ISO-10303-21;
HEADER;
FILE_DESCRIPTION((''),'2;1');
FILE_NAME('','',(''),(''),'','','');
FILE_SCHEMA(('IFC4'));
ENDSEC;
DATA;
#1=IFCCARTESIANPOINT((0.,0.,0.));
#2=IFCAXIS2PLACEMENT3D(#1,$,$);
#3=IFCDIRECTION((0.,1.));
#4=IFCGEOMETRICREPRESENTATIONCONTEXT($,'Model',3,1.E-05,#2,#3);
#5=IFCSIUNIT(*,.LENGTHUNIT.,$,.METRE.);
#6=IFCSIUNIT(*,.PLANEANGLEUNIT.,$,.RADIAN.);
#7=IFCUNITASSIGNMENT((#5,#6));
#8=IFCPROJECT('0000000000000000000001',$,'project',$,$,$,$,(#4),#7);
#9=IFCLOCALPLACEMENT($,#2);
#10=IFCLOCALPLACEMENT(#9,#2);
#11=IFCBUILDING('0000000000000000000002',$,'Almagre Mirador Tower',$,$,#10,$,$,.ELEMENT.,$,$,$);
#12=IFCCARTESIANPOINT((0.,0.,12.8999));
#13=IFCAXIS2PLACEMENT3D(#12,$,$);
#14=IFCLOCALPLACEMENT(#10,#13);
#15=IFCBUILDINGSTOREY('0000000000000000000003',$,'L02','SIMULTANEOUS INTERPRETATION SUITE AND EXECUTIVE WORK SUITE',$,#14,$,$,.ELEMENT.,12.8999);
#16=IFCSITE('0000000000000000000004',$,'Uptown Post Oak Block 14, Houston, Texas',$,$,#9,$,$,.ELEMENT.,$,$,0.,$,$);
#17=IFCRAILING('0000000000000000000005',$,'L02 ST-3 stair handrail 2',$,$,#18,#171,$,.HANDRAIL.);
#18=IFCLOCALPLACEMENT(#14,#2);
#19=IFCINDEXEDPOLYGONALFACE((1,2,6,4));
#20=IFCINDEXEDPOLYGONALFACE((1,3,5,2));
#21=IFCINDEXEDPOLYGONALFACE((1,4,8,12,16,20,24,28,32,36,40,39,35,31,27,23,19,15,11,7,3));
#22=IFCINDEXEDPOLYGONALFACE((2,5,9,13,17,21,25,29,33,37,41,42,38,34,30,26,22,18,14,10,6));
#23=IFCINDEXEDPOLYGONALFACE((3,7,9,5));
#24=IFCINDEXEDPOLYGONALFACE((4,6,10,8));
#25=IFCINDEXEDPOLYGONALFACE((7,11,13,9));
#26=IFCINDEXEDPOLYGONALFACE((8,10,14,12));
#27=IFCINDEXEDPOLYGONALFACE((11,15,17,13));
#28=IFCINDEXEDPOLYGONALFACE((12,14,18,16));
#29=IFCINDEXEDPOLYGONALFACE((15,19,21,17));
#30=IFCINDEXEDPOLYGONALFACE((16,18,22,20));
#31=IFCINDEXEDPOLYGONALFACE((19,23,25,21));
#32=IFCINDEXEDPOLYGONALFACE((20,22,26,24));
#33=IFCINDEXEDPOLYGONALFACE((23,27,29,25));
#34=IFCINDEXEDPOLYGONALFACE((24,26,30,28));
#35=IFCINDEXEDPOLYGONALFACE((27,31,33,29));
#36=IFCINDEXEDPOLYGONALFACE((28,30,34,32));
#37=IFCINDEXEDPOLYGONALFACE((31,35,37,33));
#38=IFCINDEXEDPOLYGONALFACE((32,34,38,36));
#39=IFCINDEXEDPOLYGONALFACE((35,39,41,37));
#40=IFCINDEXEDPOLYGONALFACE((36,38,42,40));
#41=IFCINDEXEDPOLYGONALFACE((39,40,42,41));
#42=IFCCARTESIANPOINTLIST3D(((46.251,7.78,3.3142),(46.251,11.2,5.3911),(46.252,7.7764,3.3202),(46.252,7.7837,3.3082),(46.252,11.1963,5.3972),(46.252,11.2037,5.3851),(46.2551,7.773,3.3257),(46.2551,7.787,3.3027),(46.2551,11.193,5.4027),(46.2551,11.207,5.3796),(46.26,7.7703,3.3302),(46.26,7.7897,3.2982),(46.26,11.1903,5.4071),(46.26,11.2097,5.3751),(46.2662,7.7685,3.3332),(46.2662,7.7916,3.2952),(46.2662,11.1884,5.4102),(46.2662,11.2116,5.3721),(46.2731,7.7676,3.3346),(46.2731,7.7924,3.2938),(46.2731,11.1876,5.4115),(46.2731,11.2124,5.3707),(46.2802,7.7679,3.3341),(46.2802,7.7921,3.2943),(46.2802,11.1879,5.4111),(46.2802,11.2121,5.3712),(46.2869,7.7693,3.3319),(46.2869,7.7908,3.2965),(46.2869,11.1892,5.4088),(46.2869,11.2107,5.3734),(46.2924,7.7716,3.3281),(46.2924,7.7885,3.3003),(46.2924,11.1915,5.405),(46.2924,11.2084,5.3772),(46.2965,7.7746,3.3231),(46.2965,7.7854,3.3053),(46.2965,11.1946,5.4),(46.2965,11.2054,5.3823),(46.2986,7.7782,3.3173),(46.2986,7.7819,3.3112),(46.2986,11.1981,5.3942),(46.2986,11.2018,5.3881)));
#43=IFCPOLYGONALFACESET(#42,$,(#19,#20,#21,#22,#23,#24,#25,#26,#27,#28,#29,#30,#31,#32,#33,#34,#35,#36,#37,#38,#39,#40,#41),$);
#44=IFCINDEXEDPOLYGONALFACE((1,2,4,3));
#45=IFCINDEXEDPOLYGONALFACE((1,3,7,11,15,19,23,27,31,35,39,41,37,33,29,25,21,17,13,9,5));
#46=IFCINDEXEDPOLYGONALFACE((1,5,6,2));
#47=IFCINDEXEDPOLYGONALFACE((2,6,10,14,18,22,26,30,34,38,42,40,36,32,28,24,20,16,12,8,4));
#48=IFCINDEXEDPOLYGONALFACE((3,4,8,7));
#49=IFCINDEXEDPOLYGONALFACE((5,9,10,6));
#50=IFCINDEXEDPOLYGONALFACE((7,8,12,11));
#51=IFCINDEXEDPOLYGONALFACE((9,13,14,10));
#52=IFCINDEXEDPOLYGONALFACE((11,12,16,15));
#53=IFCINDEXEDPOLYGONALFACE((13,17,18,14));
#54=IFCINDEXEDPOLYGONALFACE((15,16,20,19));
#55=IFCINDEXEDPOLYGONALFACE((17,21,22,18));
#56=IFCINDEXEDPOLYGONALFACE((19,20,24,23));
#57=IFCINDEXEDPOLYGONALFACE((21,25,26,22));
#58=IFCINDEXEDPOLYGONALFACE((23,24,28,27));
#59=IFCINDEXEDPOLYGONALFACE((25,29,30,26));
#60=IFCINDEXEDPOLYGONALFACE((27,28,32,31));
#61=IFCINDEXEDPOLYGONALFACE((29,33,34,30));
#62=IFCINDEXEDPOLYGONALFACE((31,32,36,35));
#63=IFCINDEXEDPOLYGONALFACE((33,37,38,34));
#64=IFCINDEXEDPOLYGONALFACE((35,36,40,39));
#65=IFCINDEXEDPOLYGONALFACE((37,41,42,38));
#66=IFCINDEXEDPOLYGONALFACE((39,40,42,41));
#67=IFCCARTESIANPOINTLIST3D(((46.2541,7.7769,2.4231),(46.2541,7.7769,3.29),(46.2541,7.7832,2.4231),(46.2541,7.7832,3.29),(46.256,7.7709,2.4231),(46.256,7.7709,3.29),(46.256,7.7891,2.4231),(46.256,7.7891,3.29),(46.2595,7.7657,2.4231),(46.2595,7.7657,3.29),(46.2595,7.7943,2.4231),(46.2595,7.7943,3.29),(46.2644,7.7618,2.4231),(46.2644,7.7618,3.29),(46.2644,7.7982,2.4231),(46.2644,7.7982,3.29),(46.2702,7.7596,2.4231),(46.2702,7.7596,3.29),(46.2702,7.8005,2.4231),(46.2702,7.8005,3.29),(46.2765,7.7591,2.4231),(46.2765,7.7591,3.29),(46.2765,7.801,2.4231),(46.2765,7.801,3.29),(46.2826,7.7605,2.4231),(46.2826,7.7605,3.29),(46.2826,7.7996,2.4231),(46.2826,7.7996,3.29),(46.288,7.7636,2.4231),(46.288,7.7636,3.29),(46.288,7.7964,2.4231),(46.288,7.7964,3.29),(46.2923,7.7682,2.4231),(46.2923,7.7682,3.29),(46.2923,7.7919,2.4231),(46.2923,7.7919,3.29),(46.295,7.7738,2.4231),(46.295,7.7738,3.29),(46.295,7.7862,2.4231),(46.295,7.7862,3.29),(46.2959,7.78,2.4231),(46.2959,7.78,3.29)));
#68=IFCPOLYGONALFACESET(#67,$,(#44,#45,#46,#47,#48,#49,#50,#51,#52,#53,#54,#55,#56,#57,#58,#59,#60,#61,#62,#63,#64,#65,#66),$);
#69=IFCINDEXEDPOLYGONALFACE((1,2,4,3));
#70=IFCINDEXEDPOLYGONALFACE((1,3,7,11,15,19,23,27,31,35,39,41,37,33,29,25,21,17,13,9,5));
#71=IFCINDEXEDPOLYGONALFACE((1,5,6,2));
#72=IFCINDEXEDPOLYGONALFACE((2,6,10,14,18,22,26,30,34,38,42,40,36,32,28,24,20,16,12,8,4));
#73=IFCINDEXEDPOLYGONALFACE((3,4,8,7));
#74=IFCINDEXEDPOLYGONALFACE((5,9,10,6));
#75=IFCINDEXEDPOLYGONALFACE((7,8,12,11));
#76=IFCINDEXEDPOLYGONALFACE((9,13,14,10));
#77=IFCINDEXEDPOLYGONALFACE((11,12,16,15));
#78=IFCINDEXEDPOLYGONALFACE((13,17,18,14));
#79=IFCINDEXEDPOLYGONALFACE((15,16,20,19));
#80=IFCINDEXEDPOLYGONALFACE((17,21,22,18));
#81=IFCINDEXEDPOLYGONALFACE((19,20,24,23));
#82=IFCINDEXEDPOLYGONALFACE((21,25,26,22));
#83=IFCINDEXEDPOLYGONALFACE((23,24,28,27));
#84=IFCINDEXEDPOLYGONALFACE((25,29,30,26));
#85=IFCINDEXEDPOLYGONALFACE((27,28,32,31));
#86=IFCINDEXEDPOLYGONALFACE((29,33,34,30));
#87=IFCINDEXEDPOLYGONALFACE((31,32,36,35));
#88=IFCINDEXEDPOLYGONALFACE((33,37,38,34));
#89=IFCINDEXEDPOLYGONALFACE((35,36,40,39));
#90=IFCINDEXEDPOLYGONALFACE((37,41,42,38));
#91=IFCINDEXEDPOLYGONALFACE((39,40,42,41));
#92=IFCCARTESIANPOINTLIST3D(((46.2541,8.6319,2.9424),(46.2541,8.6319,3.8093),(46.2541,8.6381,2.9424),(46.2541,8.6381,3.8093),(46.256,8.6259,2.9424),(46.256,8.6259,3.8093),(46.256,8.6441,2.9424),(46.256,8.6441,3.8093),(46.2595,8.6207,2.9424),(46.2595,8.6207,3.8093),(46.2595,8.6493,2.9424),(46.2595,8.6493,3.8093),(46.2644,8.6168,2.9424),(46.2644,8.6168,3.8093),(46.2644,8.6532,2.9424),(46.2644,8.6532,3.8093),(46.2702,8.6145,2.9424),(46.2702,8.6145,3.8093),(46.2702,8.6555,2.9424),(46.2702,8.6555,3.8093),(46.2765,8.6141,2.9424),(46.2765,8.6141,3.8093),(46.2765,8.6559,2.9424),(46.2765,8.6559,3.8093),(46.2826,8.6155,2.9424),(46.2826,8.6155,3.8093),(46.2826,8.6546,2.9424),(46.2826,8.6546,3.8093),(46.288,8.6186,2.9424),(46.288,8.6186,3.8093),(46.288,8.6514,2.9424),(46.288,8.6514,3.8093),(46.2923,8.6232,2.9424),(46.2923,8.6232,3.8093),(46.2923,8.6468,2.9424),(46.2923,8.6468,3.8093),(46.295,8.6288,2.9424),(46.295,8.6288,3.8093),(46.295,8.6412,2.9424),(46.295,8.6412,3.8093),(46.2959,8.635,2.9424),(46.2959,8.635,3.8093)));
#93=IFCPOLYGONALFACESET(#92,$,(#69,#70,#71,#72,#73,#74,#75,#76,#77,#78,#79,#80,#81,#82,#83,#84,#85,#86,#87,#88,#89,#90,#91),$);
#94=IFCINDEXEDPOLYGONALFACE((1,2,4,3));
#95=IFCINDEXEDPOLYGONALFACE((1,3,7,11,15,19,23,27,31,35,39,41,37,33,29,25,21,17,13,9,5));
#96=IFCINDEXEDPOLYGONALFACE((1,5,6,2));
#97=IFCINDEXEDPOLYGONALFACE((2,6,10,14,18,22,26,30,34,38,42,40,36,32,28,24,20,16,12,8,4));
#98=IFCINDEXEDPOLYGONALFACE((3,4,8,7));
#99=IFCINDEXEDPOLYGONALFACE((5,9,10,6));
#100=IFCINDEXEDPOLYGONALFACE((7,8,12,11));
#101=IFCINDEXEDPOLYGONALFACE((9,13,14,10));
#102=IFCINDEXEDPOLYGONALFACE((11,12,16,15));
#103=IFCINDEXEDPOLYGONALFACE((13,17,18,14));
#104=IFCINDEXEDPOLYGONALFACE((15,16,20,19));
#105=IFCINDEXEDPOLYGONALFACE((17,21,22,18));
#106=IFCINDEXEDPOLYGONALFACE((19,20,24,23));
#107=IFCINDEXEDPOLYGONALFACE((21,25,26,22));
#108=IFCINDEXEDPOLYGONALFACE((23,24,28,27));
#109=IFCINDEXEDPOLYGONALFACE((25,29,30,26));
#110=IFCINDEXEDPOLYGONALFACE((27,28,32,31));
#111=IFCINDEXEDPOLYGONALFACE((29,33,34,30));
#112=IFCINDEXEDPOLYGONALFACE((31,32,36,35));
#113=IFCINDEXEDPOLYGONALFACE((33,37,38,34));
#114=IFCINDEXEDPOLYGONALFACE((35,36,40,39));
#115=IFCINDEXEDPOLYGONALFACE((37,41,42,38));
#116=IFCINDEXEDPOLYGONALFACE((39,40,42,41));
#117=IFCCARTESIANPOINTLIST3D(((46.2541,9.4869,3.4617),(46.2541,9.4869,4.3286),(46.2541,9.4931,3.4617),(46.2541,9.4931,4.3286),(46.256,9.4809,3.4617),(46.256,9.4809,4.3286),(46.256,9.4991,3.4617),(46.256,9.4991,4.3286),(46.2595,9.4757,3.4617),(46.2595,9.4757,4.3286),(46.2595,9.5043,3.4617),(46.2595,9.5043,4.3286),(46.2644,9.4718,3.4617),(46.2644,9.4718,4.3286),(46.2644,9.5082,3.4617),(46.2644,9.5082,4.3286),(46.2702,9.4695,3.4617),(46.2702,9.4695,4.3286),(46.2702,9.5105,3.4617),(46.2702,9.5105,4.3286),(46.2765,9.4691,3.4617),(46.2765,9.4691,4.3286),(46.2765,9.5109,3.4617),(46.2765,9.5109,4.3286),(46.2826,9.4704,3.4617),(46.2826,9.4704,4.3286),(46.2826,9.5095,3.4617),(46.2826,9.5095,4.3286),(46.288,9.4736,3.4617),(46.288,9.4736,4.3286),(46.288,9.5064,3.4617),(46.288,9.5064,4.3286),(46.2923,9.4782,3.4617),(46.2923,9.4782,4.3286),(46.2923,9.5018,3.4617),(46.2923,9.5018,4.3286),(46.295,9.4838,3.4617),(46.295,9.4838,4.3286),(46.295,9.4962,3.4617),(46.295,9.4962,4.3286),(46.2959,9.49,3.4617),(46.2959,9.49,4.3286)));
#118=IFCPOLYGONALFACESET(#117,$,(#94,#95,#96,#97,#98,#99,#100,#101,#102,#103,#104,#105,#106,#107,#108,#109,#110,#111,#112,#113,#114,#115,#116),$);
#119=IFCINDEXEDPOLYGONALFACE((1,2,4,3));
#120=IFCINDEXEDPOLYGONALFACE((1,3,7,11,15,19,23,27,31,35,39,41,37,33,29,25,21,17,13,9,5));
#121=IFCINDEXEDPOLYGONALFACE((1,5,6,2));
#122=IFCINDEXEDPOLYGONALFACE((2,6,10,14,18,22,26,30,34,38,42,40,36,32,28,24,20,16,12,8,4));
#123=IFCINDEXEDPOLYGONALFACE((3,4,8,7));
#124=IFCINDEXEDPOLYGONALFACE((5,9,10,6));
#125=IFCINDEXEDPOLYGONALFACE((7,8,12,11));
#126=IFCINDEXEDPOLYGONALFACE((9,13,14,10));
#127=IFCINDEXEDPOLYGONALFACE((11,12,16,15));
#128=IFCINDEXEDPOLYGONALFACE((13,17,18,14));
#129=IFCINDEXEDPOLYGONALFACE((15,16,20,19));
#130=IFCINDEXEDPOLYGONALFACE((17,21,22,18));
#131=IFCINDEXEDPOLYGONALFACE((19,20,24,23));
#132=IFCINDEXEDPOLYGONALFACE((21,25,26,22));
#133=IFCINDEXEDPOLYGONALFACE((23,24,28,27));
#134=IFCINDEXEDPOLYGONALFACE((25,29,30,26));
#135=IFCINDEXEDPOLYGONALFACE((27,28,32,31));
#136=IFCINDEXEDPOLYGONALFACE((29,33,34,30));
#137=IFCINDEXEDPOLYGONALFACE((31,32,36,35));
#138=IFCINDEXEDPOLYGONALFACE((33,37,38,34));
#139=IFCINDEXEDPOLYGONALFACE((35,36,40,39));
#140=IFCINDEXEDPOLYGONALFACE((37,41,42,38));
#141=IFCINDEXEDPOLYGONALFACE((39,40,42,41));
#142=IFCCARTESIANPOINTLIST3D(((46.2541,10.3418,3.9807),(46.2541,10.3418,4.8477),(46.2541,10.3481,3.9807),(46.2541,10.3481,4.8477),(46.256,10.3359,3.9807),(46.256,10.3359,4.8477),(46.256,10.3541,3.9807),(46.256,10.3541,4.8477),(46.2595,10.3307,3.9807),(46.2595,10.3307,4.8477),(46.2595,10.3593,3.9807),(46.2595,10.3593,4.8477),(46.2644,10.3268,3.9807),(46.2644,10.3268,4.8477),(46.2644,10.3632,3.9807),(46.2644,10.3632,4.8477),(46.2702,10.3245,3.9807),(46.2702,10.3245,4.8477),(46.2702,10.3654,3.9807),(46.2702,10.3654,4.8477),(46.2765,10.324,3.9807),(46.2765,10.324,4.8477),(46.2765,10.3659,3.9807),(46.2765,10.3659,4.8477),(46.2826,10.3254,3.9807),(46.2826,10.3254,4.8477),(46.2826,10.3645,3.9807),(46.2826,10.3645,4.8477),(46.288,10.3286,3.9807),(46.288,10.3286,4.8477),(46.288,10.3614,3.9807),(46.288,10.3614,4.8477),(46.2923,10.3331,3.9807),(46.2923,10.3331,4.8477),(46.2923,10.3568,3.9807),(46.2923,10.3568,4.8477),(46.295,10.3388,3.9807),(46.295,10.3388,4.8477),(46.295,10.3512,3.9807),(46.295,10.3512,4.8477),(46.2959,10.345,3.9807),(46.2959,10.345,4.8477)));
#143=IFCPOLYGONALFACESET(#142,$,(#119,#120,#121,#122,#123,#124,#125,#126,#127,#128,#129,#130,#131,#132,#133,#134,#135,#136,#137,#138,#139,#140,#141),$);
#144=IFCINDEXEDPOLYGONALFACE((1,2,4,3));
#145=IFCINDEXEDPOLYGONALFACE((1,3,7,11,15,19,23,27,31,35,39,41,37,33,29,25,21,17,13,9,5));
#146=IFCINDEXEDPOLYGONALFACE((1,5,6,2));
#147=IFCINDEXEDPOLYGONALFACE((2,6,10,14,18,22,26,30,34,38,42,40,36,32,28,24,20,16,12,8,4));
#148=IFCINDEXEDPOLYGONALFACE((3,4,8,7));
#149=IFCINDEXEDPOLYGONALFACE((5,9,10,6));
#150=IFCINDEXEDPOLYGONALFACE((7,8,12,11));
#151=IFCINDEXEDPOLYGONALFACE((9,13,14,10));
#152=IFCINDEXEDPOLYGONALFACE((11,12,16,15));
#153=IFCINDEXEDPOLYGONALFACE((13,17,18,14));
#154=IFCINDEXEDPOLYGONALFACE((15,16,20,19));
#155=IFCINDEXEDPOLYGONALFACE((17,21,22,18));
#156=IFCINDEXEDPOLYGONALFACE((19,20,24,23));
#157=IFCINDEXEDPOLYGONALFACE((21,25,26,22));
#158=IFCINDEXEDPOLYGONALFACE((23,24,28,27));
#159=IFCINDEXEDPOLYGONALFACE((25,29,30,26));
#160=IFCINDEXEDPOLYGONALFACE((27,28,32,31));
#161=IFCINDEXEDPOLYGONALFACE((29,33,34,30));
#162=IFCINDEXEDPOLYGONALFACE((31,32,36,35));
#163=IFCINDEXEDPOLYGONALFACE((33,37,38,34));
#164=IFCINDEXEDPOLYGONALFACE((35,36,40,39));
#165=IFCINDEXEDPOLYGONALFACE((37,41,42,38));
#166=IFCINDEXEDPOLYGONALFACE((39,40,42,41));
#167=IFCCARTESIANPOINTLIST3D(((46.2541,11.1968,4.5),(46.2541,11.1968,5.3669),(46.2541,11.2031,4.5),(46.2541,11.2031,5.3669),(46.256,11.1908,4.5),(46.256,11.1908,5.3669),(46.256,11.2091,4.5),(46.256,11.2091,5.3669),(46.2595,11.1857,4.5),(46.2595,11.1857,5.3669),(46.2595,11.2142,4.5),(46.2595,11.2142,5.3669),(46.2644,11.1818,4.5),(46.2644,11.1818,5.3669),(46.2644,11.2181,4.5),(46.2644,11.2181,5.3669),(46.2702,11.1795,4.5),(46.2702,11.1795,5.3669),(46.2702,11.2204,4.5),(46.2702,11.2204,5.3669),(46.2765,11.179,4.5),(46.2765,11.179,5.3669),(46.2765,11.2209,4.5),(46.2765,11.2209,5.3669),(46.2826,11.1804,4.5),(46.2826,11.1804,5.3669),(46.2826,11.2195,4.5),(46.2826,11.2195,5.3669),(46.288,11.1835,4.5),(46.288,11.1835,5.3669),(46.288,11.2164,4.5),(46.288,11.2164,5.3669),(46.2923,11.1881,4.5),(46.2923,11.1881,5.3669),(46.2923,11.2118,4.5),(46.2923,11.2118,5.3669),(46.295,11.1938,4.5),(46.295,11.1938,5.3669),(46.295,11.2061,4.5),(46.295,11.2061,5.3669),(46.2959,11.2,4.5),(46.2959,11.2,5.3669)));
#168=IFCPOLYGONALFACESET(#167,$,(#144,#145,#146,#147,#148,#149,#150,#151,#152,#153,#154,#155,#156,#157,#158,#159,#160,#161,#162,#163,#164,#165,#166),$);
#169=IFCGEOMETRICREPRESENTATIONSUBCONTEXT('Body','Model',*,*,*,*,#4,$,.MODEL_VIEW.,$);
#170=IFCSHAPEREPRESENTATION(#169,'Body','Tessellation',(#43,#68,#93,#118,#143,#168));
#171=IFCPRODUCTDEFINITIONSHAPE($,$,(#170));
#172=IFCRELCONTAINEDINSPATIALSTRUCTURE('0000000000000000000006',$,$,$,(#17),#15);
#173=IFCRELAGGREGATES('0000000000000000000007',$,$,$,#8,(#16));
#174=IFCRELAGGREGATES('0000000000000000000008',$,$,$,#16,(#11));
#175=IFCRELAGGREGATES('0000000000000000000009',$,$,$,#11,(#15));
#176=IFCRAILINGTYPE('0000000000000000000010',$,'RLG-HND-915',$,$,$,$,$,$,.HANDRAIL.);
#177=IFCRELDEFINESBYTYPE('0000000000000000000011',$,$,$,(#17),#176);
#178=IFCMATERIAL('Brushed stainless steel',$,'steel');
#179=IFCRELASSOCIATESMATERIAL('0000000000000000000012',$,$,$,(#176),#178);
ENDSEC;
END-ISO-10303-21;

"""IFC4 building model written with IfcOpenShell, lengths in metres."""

from ifc_helpers import new_model, si_unit, direction, frame, origin, origin_2d, place, context, subcontext, project, spatial, circle, extrude, material, type_object, element, save


model = new_model("IFC4")

# Units and contexts
model_context = context("Model", 3, precision=1e-05, world=origin(), true_north=direction((0.0, 1.0)))
body_context = subcontext(model_context, "Body", "Model", "MODEL_VIEW")
ifc_project = project(units=[si_unit("LENGTHUNIT", "METRE"), si_unit("PLANEANGLEUNIT", "RADIAN")], contexts=[model_context])

# Site, building, storey
site_placement = place(None, origin())
site = spatial("IfcSite", under=ifc_project, at=site_placement, Name="Uptown Post Oak Block 14, Houston, Texas", CompositionType="ELEMENT", RefElevation=0.0)
building_placement = place(site_placement, origin())
building = spatial("IfcBuilding", under=site, at=building_placement, Name="Almagre Mirador Tower", CompositionType="ELEMENT")
storey_placement = place(building_placement, frame((0.0, 0.0, 12.8999)))
storey = spatial("IfcBuildingStorey", under=building, at=storey_placement, Name="L02", Description="SIMULTANEOUS INTERPRETATION SUITE AND EXECUTIVE WORK SUITE", CompositionType="ELEMENT", Elevation=12.8999)

# Railing
ifc_material_1 = material(Name="Brushed stainless steel", Category="steel")
railing_type_1 = type_object("IfcRailingType", Name="RLG-HND-915", PredefinedType="HANDRAIL", material=ifc_material_1)
railing_1_placement = place(storey_placement, frame((46.2749, 7.78, 2.4231)))
element("IfcRailing", 1, at=railing_1_placement, inside=storey, type_object=railing_type_1, Name="L02 ST-3 stair handrail 2", PredefinedType="HANDRAIL", context=body_context, shape_type="SweptSolid", body=[
    extrude(circle(Radius=0.0239, at=origin_2d()), frame((0.0, 0.0, 0.8911), z_axis=(0.0, 0.85473, 0.519074), x_axis=(-1.0, 0.0, 0.0)), (0.0, 0.0, 1.0), 4.0012),
    extrude(circle(Radius=0.021, at=origin_2d()), origin(), (0.0, 0.0, 1.0), 0.8669),
    extrude(circle(Radius=0.021, at=origin_2d()), frame((0.0, 0.855, 0.5193)), (0.0, 0.0, 1.0), 0.8669),
    extrude(circle(Radius=0.021, at=origin_2d()), frame((0.0, 1.71, 1.0386)), (0.0, 0.0, 1.0), 0.8669),
    extrude(circle(Radius=0.021, at=origin_2d()), frame((0.0, 2.5649, 1.5576)), (0.0, 0.0, 1.0), 0.8669),
    extrude(circle(Radius=0.021, at=origin_2d()), frame((0.0, 3.4199, 2.0769)), (0.0, 0.0, 1.0), 0.8669),
])

save(model, "model.ifc")
